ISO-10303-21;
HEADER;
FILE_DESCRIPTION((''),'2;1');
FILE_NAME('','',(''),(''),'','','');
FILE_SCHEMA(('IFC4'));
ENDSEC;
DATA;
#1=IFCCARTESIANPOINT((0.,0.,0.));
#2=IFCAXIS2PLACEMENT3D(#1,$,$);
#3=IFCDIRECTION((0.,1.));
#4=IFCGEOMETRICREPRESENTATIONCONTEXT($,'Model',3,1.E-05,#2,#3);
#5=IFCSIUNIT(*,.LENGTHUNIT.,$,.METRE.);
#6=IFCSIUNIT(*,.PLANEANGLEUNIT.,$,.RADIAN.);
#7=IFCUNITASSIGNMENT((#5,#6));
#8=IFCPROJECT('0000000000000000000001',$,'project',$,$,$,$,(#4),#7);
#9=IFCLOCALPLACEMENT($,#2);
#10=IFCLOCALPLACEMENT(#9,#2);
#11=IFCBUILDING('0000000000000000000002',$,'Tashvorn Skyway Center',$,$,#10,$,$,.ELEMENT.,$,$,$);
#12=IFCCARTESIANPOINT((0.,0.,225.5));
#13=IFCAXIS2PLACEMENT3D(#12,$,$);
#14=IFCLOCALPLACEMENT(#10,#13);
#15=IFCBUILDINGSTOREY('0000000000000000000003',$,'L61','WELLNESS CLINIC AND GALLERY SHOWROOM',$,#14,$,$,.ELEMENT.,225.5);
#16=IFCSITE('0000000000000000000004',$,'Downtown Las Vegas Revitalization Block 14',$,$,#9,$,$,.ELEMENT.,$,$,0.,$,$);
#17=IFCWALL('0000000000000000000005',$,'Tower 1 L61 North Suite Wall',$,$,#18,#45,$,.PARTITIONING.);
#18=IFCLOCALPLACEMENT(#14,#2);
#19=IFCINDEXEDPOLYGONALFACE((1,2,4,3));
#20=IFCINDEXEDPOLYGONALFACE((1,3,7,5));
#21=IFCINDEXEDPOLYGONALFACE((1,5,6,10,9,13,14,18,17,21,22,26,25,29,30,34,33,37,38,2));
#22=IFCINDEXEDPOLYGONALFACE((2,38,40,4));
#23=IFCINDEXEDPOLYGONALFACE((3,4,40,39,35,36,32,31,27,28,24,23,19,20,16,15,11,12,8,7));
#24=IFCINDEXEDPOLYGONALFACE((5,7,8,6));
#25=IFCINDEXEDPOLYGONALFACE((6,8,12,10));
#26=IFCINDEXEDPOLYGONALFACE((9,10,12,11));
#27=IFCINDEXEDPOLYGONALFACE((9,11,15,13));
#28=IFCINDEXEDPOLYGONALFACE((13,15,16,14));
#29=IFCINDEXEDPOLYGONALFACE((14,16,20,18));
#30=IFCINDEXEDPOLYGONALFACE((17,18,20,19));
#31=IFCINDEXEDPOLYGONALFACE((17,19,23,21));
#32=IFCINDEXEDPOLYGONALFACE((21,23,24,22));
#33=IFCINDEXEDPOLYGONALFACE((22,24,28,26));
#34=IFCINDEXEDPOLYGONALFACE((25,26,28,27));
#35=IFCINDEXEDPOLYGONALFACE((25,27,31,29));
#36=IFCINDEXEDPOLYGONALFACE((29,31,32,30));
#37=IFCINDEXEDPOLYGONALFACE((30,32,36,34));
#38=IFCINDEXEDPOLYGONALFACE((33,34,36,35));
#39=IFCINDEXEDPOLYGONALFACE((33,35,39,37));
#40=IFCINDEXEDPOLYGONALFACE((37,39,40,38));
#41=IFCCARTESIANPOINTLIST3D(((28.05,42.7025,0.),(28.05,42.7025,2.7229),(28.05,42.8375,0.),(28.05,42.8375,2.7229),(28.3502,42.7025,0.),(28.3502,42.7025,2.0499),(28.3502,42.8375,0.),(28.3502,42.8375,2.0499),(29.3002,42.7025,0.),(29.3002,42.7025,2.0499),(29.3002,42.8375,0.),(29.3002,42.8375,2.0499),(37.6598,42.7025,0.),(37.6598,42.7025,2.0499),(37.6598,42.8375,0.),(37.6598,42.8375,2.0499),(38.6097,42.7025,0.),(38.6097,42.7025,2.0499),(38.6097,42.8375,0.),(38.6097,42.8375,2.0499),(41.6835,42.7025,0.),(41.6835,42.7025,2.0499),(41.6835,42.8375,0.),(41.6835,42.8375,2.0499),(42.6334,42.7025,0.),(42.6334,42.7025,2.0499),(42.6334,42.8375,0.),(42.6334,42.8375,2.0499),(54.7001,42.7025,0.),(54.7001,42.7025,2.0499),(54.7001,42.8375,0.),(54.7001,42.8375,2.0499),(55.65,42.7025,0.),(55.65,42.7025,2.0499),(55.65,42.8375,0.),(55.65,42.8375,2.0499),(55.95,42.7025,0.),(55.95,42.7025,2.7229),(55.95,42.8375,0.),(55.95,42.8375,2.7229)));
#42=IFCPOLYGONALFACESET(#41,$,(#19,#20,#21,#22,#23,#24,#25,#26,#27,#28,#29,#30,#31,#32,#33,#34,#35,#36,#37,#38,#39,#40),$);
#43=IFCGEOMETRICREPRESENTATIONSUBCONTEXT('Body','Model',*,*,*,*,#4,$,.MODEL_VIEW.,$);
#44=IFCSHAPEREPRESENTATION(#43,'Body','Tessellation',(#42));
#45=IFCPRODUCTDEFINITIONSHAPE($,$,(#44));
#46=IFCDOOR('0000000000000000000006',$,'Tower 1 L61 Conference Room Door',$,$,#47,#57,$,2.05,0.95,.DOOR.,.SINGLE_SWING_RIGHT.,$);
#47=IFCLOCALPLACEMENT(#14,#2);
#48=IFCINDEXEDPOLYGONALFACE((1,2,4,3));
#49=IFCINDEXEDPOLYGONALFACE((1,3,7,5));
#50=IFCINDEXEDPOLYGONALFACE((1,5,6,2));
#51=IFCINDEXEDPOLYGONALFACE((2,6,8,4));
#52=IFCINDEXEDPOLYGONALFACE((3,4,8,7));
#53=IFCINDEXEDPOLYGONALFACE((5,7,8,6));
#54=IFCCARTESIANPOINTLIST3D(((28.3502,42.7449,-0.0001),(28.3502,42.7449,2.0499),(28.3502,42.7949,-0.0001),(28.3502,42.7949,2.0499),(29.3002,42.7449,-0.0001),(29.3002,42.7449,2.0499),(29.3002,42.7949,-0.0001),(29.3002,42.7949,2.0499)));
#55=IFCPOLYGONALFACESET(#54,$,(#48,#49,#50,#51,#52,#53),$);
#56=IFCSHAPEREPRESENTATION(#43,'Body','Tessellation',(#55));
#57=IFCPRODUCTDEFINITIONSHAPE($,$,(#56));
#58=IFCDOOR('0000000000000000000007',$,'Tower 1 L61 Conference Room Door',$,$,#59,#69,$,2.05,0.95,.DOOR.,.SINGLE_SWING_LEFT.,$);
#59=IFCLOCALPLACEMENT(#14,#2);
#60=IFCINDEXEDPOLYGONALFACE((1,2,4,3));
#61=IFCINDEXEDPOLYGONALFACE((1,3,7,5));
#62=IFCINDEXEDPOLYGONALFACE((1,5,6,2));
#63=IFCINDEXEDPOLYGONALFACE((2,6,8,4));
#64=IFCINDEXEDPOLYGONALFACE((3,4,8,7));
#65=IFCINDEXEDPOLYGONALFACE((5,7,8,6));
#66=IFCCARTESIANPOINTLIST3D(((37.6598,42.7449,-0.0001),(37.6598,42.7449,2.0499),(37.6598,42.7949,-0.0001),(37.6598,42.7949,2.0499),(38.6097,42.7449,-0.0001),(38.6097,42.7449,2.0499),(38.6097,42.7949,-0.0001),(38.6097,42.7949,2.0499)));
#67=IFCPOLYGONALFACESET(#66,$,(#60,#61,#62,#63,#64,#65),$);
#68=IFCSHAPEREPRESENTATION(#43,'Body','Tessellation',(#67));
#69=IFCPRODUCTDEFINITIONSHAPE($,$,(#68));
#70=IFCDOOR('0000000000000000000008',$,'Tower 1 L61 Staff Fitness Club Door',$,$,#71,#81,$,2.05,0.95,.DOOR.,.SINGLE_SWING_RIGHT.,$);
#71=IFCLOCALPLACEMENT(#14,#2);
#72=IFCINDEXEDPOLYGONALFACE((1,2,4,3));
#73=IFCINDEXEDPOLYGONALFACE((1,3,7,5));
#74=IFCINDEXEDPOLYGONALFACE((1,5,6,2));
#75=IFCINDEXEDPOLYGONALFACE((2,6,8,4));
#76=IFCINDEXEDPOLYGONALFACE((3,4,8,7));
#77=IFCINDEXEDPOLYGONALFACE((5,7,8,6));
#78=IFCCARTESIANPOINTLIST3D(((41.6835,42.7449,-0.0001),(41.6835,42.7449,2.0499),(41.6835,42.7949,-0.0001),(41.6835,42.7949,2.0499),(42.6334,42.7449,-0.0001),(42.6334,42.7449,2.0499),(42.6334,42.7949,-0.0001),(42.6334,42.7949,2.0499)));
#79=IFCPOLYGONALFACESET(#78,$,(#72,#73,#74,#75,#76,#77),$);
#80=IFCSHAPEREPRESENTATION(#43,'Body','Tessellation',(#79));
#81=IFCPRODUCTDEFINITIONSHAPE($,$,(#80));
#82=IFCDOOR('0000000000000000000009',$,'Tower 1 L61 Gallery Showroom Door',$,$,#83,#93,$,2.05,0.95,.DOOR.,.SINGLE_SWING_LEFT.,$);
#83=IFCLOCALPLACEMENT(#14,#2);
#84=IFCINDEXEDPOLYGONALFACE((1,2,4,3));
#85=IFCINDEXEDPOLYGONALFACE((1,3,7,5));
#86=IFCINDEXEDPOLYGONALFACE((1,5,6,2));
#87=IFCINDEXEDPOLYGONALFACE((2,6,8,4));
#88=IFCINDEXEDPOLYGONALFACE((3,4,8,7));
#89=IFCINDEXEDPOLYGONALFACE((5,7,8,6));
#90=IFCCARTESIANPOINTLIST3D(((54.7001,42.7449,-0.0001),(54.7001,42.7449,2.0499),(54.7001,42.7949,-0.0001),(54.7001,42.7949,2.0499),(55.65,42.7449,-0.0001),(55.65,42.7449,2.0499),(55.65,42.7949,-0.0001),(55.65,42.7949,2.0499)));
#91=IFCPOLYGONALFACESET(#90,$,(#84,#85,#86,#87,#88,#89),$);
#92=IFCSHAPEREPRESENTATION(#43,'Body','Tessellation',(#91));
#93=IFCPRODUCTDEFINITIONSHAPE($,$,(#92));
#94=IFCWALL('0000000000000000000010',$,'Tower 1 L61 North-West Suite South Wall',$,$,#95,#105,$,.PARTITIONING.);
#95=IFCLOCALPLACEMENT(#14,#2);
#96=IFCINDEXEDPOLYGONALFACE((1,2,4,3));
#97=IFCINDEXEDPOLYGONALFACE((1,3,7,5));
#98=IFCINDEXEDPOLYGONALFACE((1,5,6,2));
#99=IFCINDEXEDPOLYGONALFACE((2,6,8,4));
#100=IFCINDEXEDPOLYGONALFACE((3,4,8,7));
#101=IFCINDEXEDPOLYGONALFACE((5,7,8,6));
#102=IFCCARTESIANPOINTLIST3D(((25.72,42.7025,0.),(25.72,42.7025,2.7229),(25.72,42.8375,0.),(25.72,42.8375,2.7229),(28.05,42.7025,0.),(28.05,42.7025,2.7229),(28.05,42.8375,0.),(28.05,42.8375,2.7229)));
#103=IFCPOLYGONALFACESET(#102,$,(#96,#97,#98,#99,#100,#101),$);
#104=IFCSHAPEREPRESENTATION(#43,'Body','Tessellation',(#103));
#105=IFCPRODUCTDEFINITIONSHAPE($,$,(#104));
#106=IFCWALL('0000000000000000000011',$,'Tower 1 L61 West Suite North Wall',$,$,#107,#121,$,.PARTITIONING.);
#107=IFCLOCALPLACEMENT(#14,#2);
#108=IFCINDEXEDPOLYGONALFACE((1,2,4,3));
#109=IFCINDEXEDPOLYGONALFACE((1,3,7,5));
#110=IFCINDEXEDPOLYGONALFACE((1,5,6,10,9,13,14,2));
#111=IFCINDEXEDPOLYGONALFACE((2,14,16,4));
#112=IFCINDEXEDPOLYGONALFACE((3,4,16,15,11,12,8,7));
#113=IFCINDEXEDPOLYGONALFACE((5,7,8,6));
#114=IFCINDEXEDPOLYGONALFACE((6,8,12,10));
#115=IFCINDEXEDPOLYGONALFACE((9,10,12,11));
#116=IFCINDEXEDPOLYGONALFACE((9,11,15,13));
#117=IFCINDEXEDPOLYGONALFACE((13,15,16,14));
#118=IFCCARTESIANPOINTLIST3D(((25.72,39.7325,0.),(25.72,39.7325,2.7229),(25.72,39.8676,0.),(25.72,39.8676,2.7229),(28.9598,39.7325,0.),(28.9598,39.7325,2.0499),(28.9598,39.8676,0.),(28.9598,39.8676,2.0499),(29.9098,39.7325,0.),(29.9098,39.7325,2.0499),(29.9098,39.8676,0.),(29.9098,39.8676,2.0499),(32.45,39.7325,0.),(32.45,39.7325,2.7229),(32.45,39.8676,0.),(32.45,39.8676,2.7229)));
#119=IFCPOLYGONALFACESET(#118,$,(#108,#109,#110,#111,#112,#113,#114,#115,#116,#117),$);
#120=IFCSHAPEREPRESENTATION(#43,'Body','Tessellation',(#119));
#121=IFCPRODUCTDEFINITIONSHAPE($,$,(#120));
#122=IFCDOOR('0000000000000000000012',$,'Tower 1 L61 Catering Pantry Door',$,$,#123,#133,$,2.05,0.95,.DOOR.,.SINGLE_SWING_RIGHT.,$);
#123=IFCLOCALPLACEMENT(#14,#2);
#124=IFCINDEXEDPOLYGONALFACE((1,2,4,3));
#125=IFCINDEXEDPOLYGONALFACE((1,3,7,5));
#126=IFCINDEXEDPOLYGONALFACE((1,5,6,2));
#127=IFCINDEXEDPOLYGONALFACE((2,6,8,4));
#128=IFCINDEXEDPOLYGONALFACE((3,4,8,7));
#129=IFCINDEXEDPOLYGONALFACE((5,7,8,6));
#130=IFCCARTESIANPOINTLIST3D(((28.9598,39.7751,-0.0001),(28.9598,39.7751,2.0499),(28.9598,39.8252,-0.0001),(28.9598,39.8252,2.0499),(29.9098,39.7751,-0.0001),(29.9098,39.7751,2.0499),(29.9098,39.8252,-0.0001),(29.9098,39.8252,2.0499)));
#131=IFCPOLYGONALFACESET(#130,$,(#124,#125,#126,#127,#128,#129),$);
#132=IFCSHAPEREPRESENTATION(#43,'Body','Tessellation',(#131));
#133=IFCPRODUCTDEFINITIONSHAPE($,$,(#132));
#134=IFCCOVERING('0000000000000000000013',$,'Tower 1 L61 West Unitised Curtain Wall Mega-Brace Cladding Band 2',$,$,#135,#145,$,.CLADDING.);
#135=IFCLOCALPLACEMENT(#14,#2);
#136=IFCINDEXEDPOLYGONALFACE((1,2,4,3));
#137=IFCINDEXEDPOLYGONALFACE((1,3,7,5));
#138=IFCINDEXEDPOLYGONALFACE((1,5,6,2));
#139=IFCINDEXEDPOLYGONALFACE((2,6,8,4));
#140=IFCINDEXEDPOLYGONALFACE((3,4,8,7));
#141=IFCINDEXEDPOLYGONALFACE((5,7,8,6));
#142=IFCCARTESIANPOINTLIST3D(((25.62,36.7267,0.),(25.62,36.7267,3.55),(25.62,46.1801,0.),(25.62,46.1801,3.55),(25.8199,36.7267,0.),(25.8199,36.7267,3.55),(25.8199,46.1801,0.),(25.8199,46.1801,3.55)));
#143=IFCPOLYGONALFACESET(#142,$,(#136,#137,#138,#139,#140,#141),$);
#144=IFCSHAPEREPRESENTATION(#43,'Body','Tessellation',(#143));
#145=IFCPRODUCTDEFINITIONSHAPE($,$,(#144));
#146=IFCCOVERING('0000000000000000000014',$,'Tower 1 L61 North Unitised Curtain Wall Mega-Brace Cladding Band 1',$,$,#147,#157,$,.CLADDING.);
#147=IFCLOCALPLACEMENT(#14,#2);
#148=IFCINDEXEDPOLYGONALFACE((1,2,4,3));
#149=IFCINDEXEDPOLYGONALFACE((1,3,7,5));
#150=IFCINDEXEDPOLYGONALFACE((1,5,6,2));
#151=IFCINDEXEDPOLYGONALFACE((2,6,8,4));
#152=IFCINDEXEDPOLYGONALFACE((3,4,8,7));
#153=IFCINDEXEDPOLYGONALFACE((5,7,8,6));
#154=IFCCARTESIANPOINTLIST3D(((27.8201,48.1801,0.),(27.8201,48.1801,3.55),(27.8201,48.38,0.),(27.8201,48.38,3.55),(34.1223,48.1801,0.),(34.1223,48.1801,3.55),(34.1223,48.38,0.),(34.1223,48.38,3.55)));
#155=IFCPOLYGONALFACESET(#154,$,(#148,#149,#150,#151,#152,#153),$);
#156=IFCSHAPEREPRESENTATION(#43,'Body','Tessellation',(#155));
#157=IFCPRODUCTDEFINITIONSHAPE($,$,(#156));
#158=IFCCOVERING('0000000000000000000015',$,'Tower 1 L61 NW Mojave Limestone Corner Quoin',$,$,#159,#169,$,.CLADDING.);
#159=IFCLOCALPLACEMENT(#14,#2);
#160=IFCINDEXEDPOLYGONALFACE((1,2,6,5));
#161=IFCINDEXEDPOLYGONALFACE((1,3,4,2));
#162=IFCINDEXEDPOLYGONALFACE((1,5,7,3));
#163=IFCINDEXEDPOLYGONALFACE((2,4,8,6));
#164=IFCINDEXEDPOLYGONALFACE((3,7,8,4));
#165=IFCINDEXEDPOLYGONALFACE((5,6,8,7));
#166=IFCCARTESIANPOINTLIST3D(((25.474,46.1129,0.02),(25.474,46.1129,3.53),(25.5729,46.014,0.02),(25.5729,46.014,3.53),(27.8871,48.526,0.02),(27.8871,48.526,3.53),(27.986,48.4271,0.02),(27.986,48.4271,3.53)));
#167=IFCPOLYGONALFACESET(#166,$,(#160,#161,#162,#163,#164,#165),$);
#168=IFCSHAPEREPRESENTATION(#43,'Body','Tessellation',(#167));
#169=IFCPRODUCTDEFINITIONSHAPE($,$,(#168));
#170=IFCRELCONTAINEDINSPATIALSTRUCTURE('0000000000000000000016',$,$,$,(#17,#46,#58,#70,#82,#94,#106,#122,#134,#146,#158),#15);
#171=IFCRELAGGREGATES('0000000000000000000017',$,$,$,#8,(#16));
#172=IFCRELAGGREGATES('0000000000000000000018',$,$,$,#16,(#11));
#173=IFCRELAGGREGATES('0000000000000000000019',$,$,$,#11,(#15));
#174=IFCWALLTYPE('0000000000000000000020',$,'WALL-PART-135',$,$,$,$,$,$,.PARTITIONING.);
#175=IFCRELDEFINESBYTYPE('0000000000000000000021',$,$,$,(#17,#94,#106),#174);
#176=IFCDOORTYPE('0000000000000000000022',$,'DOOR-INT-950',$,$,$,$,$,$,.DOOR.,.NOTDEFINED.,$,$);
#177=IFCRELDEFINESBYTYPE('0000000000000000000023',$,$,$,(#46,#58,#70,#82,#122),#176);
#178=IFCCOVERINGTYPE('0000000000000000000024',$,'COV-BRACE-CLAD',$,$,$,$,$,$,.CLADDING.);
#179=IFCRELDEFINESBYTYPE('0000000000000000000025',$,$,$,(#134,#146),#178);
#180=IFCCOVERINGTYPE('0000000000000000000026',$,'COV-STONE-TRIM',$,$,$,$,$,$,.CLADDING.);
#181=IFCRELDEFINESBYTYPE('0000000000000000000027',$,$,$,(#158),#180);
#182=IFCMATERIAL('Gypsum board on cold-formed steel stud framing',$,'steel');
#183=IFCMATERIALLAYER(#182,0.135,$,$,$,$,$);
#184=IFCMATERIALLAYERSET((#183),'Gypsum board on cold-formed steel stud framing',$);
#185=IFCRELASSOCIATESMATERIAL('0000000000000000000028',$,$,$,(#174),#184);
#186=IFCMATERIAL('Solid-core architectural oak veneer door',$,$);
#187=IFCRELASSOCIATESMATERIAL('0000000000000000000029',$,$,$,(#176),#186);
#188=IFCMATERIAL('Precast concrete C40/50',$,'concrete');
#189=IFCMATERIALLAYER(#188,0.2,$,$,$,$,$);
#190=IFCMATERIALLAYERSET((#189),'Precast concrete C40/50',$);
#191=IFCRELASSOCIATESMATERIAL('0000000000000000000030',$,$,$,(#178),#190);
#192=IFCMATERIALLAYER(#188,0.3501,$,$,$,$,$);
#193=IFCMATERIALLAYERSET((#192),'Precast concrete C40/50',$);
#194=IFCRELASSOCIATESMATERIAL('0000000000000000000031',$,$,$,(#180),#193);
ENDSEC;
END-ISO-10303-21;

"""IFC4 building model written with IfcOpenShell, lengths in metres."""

from ifc_helpers import new_model, si_unit, direction, frame, frame_2d, origin, origin_2d, place, context, subcontext, project, spatial, rectangle, extrude, material, layer, layer_set, type_object, element, fill, save


model = new_model("IFC4")

# Units and contexts
model_context = context("Model", 3, precision=1e-05, world=origin(), true_north=direction((0.0, 1.0)))
body_context = subcontext(model_context, "Body", "Model", "MODEL_VIEW")
ifc_project = project(units=[si_unit("LENGTHUNIT", "METRE"), si_unit("PLANEANGLEUNIT", "RADIAN")], contexts=[model_context])

# Site, building, storey
site_placement = place(None, origin())
site = spatial("IfcSite", under=ifc_project, at=site_placement, Name="Downtown Las Vegas Revitalization Block 14", CompositionType="ELEMENT", RefElevation=0.0)
building_placement = place(site_placement, origin())
building = spatial("IfcBuilding", under=site, at=building_placement, Name="Tashvorn Skyway Center", CompositionType="ELEMENT")
storey_placement = place(building_placement, frame((0.0, 0.0, 225.5)))
storey = spatial("IfcBuildingStorey", under=building, at=storey_placement, Name="L61", Description="WELLNESS CLINIC AND GALLERY SHOWROOM", CompositionType="ELEMENT", Elevation=225.5)

# Shared definitions
ifc_material_1 = material(Name="Precast concrete C40/50", Category="concrete")

# Wall, openings, doors
ifc_material_2 = material(Name="Gypsum board on cold-formed steel stud framing", Category="steel")
ifc_layer_1 = layer(ifc_material_2, 0.135)
ifc_layer_set_1 = layer_set([ifc_layer_1], Name="Gypsum board on cold-formed steel stud framing")
wall_type_1 = type_object("IfcWallType", Name="WALL-PART-135", PredefinedType="PARTITIONING", material=ifc_layer_set_1)
wall_1_placement = place(storey_placement, frame((28.05, 42.77, 0.0), z_axis=(0.0, 0.0, 1.0), x_axis=(1.0, 0.0, 0.0)))
wall_1 = element("IfcWall", 1, at=wall_1_placement, inside=storey, type_object=wall_type_1, Name="Tower 1 L61 North Suite Wall", PredefinedType="PARTITIONING", context=body_context, shape_type="SweptSolid", body=[
    extrude(rectangle(XDim=27.8999, YDim=0.135, at=frame_2d((13.95, 0.0))), origin(), (0.0, 0.0, 1.0), 2.7229),
])
opening_1_placement = place(wall_1_placement, frame((0.3, 0.0, 0.0)))
opening_1 = element("IfcOpeningElement", 2, at=opening_1_placement, cuts=wall_1, PredefinedType="OPENING", context=body_context, shape_type="SweptSolid", body=[
    extrude(rectangle(XDim=0.95, YDim=2.05, at=frame_2d((0.4751, 1.0249))), frame((0.0, 0.0774, 0.0), z_axis=(0.0, -1.0, 0.0), x_axis=(1.0, 0.0, 0.0)), (0.0, 0.0, 1.0), 0.155),
])
opening_2_placement = place(wall_1_placement, frame((9.6096, 0.0, 0.0)))
opening_2 = element("IfcOpeningElement", 3, at=opening_2_placement, cuts=wall_1, PredefinedType="OPENING", context=body_context, shape_type="SweptSolid", body=[
    extrude(rectangle(XDim=0.95, YDim=2.05, at=frame_2d((0.4751, 1.0249))), frame((0.0, 0.0774, 0.0), z_axis=(0.0, -1.0, 0.0), x_axis=(1.0, 0.0, 0.0)), (0.0, 0.0, 1.0), 0.155),
])
opening_3_placement = place(wall_1_placement, frame((13.6333, 0.0, 0.0)))
opening_3 = element("IfcOpeningElement", 4, at=opening_3_placement, cuts=wall_1, PredefinedType="OPENING", context=body_context, shape_type="SweptSolid", body=[
    extrude(rectangle(XDim=0.95, YDim=2.05, at=frame_2d((0.4751, 1.0249))), frame((0.0, 0.0774, 0.0), z_axis=(0.0, -1.0, 0.0), x_axis=(1.0, 0.0, 0.0)), (0.0, 0.0, 1.0), 0.155),
])
opening_4_placement = place(wall_1_placement, frame((26.6499, 0.0, 0.0)))
opening_4 = element("IfcOpeningElement", 5, at=opening_4_placement, cuts=wall_1, PredefinedType="OPENING", context=body_context, shape_type="SweptSolid", body=[
    extrude(rectangle(XDim=0.95, YDim=2.05, at=frame_2d((0.4751, 1.0249))), frame((0.0, 0.0774, 0.0), z_axis=(0.0, -1.0, 0.0), x_axis=(1.0, 0.0, 0.0)), (0.0, 0.0, 1.0), 0.155),
])
ifc_material_3 = material(Name="Solid-core architectural oak veneer door")
door_type = type_object("IfcDoorType", Name="DOOR-INT-950", OperationType="NOTDEFINED", PredefinedType="DOOR", material=ifc_material_3)
door_1_placement = place(opening_1_placement, origin())
door_1 = element("IfcDoor", 6, at=door_1_placement, inside=storey, type_object=door_type, Name="Tower 1 L61 Conference Room Door", OperationType="SINGLE_SWING_RIGHT", OverallHeight=2.05, OverallWidth=0.95, PredefinedType="DOOR", context=body_context, shape_type="SweptSolid", body=[
    extrude(rectangle(XDim=0.95, YDim=2.05, at=frame_2d((0.4751, 1.0249))), frame((0.0, 0.0249, 0.0), z_axis=(0.0, -1.0, 0.0), x_axis=(1.0, 0.0, 0.0)), (0.0, 0.0, 1.0), 0.05),
])
fill(opening_1, door_1)
door_2_placement = place(opening_2_placement, origin())
door_2 = element("IfcDoor", 7, at=door_2_placement, inside=storey, type_object=door_type, Name="Tower 1 L61 Conference Room Door", OperationType="SINGLE_SWING_LEFT", OverallHeight=2.05, OverallWidth=0.95, PredefinedType="DOOR", context=body_context, shape_type="SweptSolid", body=[
    extrude(rectangle(XDim=0.95, YDim=2.05, at=frame_2d((0.4751, 1.0249))), frame((0.0, 0.0249, 0.0), z_axis=(0.0, -1.0, 0.0), x_axis=(1.0, 0.0, 0.0)), (0.0, 0.0, 1.0), 0.05),
])
fill(opening_2, door_2)
door_3_placement = place(opening_3_placement, origin())
door_3 = element("IfcDoor", 8, at=door_3_placement, inside=storey, type_object=door_type, Name="Tower 1 L61 Staff Fitness Club Door", OperationType="SINGLE_SWING_RIGHT", OverallHeight=2.05, OverallWidth=0.95, PredefinedType="DOOR", context=body_context, shape_type="SweptSolid", body=[
    extrude(rectangle(XDim=0.95, YDim=2.05, at=frame_2d((0.4751, 1.0249))), frame((0.0, 0.0249, 0.0), z_axis=(0.0, -1.0, 0.0), x_axis=(1.0, 0.0, 0.0)), (0.0, 0.0, 1.0), 0.05),
])
fill(opening_3, door_3)
door_4_placement = place(opening_4_placement, origin())
door_4 = element("IfcDoor", 9, at=door_4_placement, inside=storey, type_object=door_type, Name="Tower 1 L61 Gallery Showroom Door", OperationType="SINGLE_SWING_LEFT", OverallHeight=2.05, OverallWidth=0.95, PredefinedType="DOOR", context=body_context, shape_type="SweptSolid", body=[
    extrude(rectangle(XDim=0.95, YDim=2.05, at=frame_2d((0.4751, 1.0249))), frame((0.0, 0.0249, 0.0), z_axis=(0.0, -1.0, 0.0), x_axis=(1.0, 0.0, 0.0)), (0.0, 0.0, 1.0), 0.05),
])
fill(opening_4, door_4)

# Wall
wall_2_placement = place(storey_placement, frame((25.72, 42.77, 0.0), z_axis=(0.0, 0.0, 1.0), x_axis=(1.0, 0.0, 0.0)))
element("IfcWall", 10, at=wall_2_placement, inside=storey, type_object=wall_type_1, Name="Tower 1 L61 North-West Suite South Wall", PredefinedType="PARTITIONING", context=body_context, shape_type="SweptSolid", body=[
    extrude(rectangle(XDim=2.3301, YDim=0.135, at=frame_2d((1.165, 0.0))), origin(), (0.0, 0.0, 1.0), 2.7229),
])

# Wall, opening, door
wall_3_placement = place(storey_placement, frame((32.45, 39.8, 0.0), z_axis=(0.0, 0.0, 1.0), x_axis=(-1.0, 0.0, 0.0)))
wall_3 = element("IfcWall", 11, at=wall_3_placement, inside=storey, type_object=wall_type_1, Name="Tower 1 L61 West Suite North Wall", PredefinedType="PARTITIONING", context=body_context, shape_type="SweptSolid", body=[
    extrude(rectangle(XDim=6.73, YDim=0.135, at=frame_2d((3.365, 0.0))), origin(), (0.0, 0.0, 1.0), 2.7229),
])
opening_5_placement = place(wall_3_placement, frame((2.54, 0.0, 0.0)))
opening_5 = element("IfcOpeningElement", 12, at=opening_5_placement, cuts=wall_3, PredefinedType="OPENING", context=body_context, shape_type="SweptSolid", body=[
    extrude(rectangle(XDim=0.95, YDim=2.05, at=frame_2d((0.4751, 1.0249))), frame((0.0, 0.0774, 0.0), z_axis=(0.0, -1.0, 0.0), x_axis=(1.0, 0.0, 0.0)), (0.0, 0.0, 1.0), 0.155),
])
door_5_placement = place(opening_5_placement, origin())
door_5 = element("IfcDoor", 13, at=door_5_placement, inside=storey, type_object=door_type, Name="Tower 1 L61 Catering Pantry Door", OperationType="SINGLE_SWING_RIGHT", OverallHeight=2.05, OverallWidth=0.95, PredefinedType="DOOR", context=body_context, shape_type="SweptSolid", body=[
    extrude(rectangle(XDim=0.95, YDim=2.05, at=frame_2d((0.4751, 1.0249))), frame((0.0, 0.0249, 0.0), z_axis=(0.0, -1.0, 0.0), x_axis=(1.0, 0.0, 0.0)), (0.0, 0.0, 1.0), 0.05),
])
fill(opening_5, door_5)

# Coverings
ifc_layer_2 = layer(ifc_material_1, 0.2)
ifc_layer_set_2 = layer_set([ifc_layer_2], Name="Precast concrete C40/50")
covering_type_1 = type_object("IfcCoveringType", Name="COV-BRACE-CLAD", PredefinedType="CLADDING", material=ifc_layer_set_2)
covering_1_placement = place(storey_placement, frame((25.72, 41.4534, 0.0), z_axis=(0.0, 0.0, 1.0), x_axis=(0.0, 1.0, 0.0)))
element("IfcCovering", 14, at=covering_1_placement, inside=storey, type_object=covering_type_1, Name="Tower 1 L61 West Unitised Curtain Wall Mega-Brace Cladding Band 2", PredefinedType="CLADDING", context=body_context, shape_type="SweptSolid", body=[
    extrude(rectangle(XDim=9.4534, YDim=0.2, at=origin_2d()), origin(), (0.0, 0.0, 1.0), 3.55),
])
covering_2_placement = place(storey_placement, frame((30.9712, 48.28, 0.0), z_axis=(0.0, 0.0, 1.0), x_axis=(1.0, 0.0, 0.0)))
element("IfcCovering", 15, at=covering_2_placement, inside=storey, type_object=covering_type_1, Name="Tower 1 L61 North Unitised Curtain Wall Mega-Brace Cladding Band 1", PredefinedType="CLADDING", context=body_context, shape_type="SweptSolid", body=[
    extrude(rectangle(XDim=6.3022, YDim=0.2, at=origin_2d()), origin(), (0.0, 0.0, 1.0), 3.55),
])
ifc_layer_3 = layer(ifc_material_1, 0.3501)
ifc_layer_set_3 = layer_set([ifc_layer_3], Name="Precast concrete C40/50")
covering_type_2 = type_object("IfcCoveringType", Name="COV-STONE-TRIM", PredefinedType="CLADDING", material=ifc_layer_set_3)
covering_3_placement = place(storey_placement, frame((26.73, 47.27, 0.02), z_axis=(0.0, 0.0, 1.0), x_axis=(-0.707107, -0.707107, 0.0)))
element("IfcCovering", 16, at=covering_3_placement, inside=storey, type_object=covering_type_2, Name="Tower 1 L61 NW Mojave Limestone Corner Quoin", PredefinedType="CLADDING", context=body_context, shape_type="SweptSolid", body=[
    extrude(rectangle(XDim=3.4126, YDim=0.1399, at=origin_2d()), origin(), (0.0, 0.0, 1.0), 3.51),
])

save(model, "model.ifc")
